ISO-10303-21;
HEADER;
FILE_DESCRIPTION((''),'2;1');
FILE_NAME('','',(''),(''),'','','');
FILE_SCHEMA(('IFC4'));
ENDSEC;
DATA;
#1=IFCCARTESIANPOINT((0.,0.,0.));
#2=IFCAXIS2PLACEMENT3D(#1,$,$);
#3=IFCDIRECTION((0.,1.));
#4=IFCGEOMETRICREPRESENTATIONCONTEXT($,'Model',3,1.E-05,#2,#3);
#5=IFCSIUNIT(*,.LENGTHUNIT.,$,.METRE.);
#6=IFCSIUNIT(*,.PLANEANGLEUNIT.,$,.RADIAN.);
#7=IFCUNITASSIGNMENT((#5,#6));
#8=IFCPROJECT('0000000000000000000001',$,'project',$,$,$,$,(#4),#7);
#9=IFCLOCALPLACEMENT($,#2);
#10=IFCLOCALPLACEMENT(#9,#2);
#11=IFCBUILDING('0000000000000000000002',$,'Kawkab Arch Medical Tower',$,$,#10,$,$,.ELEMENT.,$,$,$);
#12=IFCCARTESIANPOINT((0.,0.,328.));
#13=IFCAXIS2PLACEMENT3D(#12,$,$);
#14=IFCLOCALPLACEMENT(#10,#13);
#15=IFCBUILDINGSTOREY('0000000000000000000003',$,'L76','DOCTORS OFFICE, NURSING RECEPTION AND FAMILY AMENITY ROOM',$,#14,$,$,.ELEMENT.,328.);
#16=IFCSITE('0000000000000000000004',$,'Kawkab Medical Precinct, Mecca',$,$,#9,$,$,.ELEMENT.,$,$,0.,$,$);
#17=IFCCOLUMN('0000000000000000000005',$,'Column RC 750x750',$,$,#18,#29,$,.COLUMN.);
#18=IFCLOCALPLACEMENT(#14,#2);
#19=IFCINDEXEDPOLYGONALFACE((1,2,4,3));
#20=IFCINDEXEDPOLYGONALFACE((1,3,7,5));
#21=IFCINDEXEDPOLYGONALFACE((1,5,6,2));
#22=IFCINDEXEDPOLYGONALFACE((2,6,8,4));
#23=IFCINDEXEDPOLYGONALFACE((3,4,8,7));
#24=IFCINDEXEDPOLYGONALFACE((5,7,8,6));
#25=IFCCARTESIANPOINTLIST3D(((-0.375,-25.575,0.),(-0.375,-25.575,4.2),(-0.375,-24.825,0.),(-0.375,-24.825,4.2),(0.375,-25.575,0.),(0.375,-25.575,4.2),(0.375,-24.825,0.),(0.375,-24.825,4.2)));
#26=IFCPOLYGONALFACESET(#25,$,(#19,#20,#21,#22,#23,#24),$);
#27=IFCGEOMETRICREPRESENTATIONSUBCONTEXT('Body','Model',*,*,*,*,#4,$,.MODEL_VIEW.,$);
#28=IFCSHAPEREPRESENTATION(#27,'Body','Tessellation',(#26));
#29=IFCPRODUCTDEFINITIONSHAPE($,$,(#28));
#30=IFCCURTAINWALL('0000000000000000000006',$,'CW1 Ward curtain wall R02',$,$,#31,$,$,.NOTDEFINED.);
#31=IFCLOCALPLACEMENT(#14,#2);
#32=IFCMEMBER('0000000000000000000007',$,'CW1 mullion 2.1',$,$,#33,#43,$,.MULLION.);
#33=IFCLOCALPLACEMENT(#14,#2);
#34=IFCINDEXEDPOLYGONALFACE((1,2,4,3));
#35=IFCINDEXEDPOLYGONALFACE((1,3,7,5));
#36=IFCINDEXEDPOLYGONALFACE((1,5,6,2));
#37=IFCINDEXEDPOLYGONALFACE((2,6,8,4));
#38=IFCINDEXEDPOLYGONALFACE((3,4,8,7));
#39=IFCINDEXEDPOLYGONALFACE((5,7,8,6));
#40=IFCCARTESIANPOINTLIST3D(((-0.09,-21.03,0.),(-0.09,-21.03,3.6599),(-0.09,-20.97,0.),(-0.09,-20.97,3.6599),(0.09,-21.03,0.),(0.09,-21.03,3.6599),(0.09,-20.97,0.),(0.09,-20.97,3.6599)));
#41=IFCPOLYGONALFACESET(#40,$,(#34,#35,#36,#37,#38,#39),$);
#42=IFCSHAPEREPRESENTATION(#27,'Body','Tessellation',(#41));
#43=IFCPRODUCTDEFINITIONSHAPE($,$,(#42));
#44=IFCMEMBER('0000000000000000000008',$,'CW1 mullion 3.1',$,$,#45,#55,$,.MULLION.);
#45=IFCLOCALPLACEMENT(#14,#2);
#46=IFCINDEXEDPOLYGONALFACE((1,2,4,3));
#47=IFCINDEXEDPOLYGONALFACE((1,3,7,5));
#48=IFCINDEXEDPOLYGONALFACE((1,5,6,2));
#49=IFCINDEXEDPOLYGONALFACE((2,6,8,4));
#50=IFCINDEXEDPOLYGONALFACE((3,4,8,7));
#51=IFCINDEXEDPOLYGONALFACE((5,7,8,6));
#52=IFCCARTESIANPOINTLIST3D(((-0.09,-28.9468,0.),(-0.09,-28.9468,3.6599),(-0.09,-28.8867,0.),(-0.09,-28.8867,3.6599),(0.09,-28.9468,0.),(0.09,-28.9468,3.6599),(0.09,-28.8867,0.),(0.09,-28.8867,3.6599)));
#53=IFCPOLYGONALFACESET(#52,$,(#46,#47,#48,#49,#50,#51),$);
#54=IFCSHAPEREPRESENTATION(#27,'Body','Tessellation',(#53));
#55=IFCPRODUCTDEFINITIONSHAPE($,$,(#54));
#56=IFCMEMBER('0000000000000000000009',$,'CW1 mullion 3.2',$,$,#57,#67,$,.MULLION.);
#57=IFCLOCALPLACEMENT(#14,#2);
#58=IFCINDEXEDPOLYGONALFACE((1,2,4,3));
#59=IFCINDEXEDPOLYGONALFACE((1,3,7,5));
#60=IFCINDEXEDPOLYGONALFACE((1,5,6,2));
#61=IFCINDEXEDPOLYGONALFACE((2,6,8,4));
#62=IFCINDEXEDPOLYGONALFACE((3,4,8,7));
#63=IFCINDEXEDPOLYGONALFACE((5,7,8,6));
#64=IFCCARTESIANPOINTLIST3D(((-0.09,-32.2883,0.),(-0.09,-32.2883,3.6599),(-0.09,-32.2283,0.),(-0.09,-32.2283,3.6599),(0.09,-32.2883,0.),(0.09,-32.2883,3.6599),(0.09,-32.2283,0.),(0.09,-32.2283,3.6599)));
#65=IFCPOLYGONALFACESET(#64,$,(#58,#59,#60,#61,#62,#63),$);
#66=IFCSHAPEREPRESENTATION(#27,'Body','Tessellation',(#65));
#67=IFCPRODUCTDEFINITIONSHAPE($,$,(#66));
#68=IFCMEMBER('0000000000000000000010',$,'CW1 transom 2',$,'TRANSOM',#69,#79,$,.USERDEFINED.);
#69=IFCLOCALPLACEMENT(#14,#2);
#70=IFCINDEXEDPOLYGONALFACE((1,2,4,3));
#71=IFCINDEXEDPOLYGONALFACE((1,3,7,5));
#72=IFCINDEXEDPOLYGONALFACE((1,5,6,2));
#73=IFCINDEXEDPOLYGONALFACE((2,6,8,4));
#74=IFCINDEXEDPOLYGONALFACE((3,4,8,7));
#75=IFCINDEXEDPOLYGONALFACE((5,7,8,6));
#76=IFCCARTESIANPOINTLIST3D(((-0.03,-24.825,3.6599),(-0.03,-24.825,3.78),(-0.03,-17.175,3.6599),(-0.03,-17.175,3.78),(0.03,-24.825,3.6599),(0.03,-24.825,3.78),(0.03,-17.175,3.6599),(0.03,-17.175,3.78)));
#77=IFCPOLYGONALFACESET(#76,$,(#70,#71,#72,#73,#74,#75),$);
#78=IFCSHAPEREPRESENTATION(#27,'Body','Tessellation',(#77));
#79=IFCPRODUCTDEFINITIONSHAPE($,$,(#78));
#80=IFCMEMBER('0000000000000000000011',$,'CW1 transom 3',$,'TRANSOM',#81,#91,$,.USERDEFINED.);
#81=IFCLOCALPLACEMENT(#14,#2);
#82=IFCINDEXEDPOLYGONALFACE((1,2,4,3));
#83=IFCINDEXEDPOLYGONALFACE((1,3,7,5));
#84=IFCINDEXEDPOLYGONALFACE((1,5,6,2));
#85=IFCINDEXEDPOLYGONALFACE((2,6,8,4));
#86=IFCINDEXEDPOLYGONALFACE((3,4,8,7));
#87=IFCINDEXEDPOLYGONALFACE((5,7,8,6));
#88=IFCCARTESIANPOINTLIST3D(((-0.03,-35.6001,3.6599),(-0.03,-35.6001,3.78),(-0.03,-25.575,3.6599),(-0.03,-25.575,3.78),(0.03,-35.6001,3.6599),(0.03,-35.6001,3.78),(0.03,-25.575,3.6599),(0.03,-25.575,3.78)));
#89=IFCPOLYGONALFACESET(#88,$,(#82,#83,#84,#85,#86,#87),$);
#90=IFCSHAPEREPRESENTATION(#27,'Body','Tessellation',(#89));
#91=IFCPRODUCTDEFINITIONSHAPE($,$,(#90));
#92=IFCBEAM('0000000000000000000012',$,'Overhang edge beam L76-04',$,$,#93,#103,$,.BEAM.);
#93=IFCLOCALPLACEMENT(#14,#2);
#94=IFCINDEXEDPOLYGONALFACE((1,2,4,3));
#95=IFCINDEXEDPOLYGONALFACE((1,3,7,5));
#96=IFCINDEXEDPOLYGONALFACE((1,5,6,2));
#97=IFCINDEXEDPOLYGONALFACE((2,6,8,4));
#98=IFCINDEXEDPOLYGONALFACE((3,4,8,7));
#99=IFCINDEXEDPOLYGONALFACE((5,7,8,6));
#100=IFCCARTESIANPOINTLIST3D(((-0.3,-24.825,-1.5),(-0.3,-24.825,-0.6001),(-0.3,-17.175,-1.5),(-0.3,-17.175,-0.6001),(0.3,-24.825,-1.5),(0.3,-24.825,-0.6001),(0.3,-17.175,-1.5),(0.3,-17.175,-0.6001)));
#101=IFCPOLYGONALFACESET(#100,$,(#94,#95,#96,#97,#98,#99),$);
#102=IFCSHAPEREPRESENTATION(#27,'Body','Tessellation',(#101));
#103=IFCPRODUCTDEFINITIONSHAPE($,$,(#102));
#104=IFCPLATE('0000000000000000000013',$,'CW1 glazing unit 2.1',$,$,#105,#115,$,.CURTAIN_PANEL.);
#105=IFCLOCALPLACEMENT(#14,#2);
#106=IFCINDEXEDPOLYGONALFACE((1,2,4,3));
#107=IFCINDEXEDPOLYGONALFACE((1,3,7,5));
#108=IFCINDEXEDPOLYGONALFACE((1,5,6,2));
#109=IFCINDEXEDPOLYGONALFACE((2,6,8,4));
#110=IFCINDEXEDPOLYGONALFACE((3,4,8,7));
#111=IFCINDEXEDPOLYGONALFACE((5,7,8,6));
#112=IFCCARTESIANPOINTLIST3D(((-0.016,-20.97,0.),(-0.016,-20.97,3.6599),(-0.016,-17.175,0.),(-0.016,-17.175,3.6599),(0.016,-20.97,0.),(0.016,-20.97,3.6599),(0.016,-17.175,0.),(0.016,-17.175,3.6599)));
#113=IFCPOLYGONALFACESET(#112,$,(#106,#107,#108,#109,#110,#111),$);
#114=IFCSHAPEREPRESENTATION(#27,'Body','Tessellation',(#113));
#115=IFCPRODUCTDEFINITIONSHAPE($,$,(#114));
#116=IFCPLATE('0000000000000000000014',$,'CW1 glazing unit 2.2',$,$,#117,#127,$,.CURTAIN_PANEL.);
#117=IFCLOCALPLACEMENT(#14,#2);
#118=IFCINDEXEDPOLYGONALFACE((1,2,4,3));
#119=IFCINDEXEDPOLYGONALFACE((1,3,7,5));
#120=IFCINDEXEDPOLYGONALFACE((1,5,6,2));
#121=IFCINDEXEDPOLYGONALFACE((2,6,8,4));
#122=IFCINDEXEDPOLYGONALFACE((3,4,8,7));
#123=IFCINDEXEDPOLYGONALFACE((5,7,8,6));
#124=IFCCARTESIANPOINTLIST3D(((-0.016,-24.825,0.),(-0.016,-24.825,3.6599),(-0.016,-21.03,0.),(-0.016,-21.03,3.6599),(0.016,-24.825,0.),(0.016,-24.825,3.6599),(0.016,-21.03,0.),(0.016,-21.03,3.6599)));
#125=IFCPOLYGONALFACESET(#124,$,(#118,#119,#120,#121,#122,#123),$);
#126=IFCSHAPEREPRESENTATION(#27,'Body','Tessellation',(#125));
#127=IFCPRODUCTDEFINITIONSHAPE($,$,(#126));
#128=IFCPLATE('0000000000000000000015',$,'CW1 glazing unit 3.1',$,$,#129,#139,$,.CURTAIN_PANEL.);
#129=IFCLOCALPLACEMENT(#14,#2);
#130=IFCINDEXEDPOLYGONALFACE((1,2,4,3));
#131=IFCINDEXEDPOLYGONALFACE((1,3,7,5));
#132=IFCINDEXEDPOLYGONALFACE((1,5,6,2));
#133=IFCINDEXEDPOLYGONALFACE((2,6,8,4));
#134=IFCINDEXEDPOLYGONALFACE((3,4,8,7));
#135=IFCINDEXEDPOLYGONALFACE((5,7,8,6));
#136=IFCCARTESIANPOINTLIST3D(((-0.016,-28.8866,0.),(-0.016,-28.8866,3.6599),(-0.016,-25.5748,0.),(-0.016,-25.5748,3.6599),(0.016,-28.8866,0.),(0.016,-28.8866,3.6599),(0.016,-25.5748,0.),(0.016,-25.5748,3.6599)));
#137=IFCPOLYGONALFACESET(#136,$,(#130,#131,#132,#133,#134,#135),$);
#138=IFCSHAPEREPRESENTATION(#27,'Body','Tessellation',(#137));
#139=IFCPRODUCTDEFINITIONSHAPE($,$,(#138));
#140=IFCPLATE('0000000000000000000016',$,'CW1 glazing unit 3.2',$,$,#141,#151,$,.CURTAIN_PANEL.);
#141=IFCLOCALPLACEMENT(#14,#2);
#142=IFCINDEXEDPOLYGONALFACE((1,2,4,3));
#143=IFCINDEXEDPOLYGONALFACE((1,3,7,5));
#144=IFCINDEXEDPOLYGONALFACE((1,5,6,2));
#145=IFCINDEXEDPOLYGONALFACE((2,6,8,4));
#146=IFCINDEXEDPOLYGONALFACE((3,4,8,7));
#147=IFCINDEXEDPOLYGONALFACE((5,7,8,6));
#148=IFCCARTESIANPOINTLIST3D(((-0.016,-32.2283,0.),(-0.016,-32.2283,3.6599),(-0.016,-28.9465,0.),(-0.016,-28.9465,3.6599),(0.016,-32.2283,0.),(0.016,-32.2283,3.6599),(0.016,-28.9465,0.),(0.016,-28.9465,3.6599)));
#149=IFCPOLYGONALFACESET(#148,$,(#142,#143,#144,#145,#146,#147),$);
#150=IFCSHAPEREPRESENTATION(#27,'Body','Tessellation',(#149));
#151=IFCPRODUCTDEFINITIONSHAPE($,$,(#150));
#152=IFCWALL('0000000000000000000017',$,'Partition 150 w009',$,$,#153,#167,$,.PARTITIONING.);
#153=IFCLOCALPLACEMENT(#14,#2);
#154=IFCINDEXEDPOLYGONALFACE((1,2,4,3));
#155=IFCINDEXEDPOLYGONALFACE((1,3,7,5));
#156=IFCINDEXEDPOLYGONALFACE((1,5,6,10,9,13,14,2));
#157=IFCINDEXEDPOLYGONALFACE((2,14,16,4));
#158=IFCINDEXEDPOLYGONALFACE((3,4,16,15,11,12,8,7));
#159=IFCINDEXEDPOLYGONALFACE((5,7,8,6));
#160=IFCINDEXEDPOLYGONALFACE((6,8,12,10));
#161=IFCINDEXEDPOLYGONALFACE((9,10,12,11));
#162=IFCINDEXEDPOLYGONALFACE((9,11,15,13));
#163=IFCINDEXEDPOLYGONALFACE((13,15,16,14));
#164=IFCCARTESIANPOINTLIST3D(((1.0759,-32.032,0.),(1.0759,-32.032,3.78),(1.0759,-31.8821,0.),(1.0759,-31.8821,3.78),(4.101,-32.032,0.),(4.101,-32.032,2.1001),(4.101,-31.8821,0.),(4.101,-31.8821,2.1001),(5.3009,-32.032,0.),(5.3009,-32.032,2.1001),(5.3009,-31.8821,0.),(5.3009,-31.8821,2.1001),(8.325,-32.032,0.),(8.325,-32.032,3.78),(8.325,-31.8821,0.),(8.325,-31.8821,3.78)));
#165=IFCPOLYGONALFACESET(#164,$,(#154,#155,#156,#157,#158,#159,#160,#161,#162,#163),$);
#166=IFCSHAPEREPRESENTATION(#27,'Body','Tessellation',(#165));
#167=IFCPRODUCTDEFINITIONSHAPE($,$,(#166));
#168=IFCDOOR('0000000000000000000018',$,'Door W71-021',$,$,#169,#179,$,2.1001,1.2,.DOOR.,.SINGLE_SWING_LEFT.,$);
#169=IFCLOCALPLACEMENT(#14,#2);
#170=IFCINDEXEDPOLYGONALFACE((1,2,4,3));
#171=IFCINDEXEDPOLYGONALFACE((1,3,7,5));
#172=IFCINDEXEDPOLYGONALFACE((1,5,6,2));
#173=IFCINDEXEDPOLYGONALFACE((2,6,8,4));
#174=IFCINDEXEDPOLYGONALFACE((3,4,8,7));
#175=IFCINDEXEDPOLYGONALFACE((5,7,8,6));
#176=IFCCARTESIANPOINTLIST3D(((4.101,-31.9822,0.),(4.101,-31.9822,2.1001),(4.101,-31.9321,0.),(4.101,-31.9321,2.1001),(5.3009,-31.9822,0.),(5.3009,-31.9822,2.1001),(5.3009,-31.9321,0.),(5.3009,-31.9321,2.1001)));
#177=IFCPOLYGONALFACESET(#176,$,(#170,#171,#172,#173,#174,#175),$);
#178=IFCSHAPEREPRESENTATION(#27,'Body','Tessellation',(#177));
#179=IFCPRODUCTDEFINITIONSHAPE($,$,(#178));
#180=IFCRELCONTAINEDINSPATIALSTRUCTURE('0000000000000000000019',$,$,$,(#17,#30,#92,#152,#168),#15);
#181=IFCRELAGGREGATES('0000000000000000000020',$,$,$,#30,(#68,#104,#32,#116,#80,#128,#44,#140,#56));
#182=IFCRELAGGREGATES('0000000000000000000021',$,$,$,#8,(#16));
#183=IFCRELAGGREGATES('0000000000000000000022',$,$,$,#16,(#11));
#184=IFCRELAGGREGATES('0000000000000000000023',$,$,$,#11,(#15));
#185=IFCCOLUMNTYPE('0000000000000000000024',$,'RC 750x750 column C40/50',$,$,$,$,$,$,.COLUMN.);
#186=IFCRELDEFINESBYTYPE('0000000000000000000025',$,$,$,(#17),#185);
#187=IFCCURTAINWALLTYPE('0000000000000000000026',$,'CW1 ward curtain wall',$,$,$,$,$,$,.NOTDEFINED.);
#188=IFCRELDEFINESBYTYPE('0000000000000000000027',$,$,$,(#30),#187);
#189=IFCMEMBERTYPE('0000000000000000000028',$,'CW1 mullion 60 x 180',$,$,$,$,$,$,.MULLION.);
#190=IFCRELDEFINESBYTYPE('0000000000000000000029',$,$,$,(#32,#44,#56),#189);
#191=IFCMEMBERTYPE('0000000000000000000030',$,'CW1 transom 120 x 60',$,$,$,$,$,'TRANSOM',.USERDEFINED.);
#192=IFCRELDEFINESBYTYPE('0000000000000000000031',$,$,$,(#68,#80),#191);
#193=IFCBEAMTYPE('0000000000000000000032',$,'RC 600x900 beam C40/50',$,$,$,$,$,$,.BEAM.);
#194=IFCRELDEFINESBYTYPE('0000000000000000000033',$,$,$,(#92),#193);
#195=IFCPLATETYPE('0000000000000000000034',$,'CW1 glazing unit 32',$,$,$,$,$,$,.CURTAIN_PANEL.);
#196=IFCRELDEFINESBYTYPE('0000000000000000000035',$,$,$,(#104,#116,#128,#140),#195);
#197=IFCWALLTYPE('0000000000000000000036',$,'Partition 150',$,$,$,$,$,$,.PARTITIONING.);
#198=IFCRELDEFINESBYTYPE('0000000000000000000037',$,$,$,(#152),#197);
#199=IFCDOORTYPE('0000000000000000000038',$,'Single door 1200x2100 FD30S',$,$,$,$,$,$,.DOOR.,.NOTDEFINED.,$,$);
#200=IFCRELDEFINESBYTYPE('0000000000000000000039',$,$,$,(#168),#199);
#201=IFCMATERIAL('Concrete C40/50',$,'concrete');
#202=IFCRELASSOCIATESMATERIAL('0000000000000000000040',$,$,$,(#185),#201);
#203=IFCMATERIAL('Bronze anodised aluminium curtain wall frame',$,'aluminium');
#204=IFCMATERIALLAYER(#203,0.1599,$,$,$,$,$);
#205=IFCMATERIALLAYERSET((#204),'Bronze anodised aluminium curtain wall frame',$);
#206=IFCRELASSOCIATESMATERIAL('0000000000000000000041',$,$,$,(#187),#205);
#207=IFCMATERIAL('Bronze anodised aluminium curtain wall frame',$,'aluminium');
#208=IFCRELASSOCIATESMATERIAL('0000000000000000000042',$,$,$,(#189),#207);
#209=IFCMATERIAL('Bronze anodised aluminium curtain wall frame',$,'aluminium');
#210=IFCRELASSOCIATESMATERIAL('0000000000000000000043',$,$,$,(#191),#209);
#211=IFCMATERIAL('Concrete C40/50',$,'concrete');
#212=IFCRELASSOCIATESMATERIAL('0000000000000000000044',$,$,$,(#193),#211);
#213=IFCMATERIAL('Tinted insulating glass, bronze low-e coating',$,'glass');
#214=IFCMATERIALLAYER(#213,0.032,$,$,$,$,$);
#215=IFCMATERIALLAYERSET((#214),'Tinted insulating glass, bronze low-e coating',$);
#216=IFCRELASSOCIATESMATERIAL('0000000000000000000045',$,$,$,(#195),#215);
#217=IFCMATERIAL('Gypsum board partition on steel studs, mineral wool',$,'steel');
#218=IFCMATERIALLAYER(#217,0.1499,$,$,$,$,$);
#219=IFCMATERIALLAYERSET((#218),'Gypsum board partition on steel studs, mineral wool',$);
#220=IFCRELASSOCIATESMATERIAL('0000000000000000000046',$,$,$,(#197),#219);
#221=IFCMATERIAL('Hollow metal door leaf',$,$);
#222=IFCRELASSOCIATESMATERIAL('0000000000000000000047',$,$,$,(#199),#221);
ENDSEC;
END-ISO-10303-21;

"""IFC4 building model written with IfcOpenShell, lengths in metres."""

from ifc_helpers import new_model, si_unit, direction, frame, frame_2d, origin, origin_2d, place, context, subcontext, project, spatial, rectangle, extrude, material, layer, layer_set, material_profile, profile_set, type_object, element, fill, aggregate, save


model = new_model("IFC4")

# Units and contexts
model_context = context("Model", 3, precision=1e-05, world=origin(), true_north=direction((0.0, 1.0)))
body_context = subcontext(model_context, "Body", "Model", "MODEL_VIEW")
ifc_project = project(units=[si_unit("LENGTHUNIT", "METRE"), si_unit("PLANEANGLEUNIT", "RADIAN")], contexts=[model_context])

# Site, building, storey
site_placement = place(None, origin())
site = spatial("IfcSite", under=ifc_project, at=site_placement, Name="Kawkab Medical Precinct, Mecca", CompositionType="ELEMENT", RefElevation=0.0)
building_placement = place(site_placement, origin())
building = spatial("IfcBuilding", under=site, at=building_placement, Name="Kawkab Arch Medical Tower", CompositionType="ELEMENT")
storey_placement = place(building_placement, frame((0.0, 0.0, 328.0)))
storey = spatial("IfcBuildingStorey", under=building, at=storey_placement, Name="L76", Description="DOCTORS OFFICE, NURSING RECEPTION AND FAMILY AMENITY ROOM", CompositionType="ELEMENT", Elevation=328.0)

# Column
ifc_material_1 = material(Name="Concrete C40/50", Category="concrete")
ifc_material_profile_1 = material_profile(ifc_material_1, rectangle(XDim=0.75, YDim=0.75, at=origin_2d()), Name="RC 750x750")
ifc_profile_set_1 = profile_set([ifc_material_profile_1], Name="Concrete C40/50")
column_type = type_object("IfcColumnType", Name="RC 750x750 column C40/50", PredefinedType="COLUMN", material=ifc_profile_set_1)
column_placement = place(storey_placement, frame((0.0, -25.2, 0.0), z_axis=(0.0, 0.0, 1.0), x_axis=(1.0, 0.0, 0.0)))
element("IfcColumn", 1, at=column_placement, inside=storey, type_object=column_type, Name="Column RC 750x750", PredefinedType="COLUMN", context=body_context, shape_type="SweptSolid", body=[
    extrude(rectangle(XDim=0.75, YDim=0.75, at=origin_2d()), origin(), (0.0, 0.0, 1.0), 4.2),
])

# Curtain wall, members
ifc_material_2 = material(Name="Bronze anodised aluminium curtain wall frame", Category="aluminium")
ifc_layer_1 = layer(ifc_material_2, 0.1599)
ifc_layer_set_1 = layer_set([ifc_layer_1], Name="Bronze anodised aluminium curtain wall frame")
curtain_wall_type = type_object("IfcCurtainWallType", Name="CW1 ward curtain wall", PredefinedType="NOTDEFINED", material=ifc_layer_set_1)
curtain_wall_placement = place(storey_placement, origin())
curtain_wall = element("IfcCurtainWall", 2, at=curtain_wall_placement, inside=storey, type_object=curtain_wall_type, Name="CW1 Ward curtain wall R02", PredefinedType="NOTDEFINED")
ifc_material_3 = material(Name="Bronze anodised aluminium curtain wall frame", Category="aluminium")
ifc_material_profile_2 = material_profile(ifc_material_3, rectangle(XDim=0.1799, YDim=0.0601, at=origin_2d()), Name="AL 60x180")
ifc_profile_set_2 = profile_set([ifc_material_profile_2], Name="Bronze anodised aluminium curtain wall frame")
member_type_1 = type_object("IfcMemberType", Name="CW1 mullion 60 x 180", PredefinedType="MULLION", material=ifc_profile_set_2)
member_1_placement = place(storey_placement, frame((0.0, -21.0, 0.0), z_axis=(0.0, 0.0, 1.0), x_axis=(1.0, 0.0, 0.0)))
member_1 = element("IfcMember", 3, at=member_1_placement, type_object=member_type_1, Name="CW1 mullion 2.1", PredefinedType="MULLION", context=body_context, shape_type="SweptSolid", body=[
    extrude(rectangle(XDim=0.1799, YDim=0.0601, at=origin_2d()), origin(), (0.0, 0.0, 1.0), 3.6599),
])
member_2_placement = place(storey_placement, frame((0.0, -28.9167, 0.0), z_axis=(0.0, 0.0, 1.0), x_axis=(1.0, 0.0, 0.0)))
member_2 = element("IfcMember", 4, at=member_2_placement, type_object=member_type_1, Name="CW1 mullion 3.1", PredefinedType="MULLION", context=body_context, shape_type="SweptSolid", body=[
    extrude(rectangle(XDim=0.1799, YDim=0.0601, at=origin_2d()), origin(), (0.0, 0.0, 1.0), 3.6599),
])
member_3_placement = place(storey_placement, frame((0.0, -32.2583, 0.0), z_axis=(0.0, 0.0, 1.0), x_axis=(1.0, 0.0, 0.0)))
member_3 = element("IfcMember", 5, at=member_3_placement, type_object=member_type_1, Name="CW1 mullion 3.2", PredefinedType="MULLION", context=body_context, shape_type="SweptSolid", body=[
    extrude(rectangle(XDim=0.1799, YDim=0.0601, at=origin_2d()), origin(), (0.0, 0.0, 1.0), 3.6599),
])
ifc_material_4 = material(Name="Bronze anodised aluminium curtain wall frame", Category="aluminium")
ifc_material_profile_3 = material_profile(ifc_material_4, rectangle(XDim=0.0601, YDim=0.1201, at=origin_2d()), Name="AL 60x120")
ifc_profile_set_3 = profile_set([ifc_material_profile_3], Name="Bronze anodised aluminium curtain wall frame")
member_type_2 = type_object("IfcMemberType", Name="CW1 transom 120 x 60", ElementType="TRANSOM", PredefinedType="USERDEFINED", material=ifc_profile_set_3)
member_4_placement = place(storey_placement, frame((0.0, -17.175, 3.72), z_axis=(0.0, -1.0, 0.0), x_axis=(1.0, 0.0, 0.0)))
member_4 = element("IfcMember", 6, at=member_4_placement, type_object=member_type_2, Name="CW1 transom 2", ObjectType="TRANSOM", PredefinedType="USERDEFINED", context=body_context, shape_type="SweptSolid", body=[
    extrude(rectangle(XDim=0.0601, YDim=0.1201, at=origin_2d()), origin(), (0.0, 0.0, 1.0), 7.6499),
])
member_5_placement = place(storey_placement, frame((0.0, -25.575, 3.72), z_axis=(0.0, -1.0, 0.0), x_axis=(1.0, 0.0, 0.0)))
member_5 = element("IfcMember", 7, at=member_5_placement, type_object=member_type_2, Name="CW1 transom 3", ObjectType="TRANSOM", PredefinedType="USERDEFINED", context=body_context, shape_type="SweptSolid", body=[
    extrude(rectangle(XDim=0.0601, YDim=0.1201, at=origin_2d()), origin(), (0.0, 0.0, 1.0), 10.0251),
])

# Beam
ifc_material_5 = material(Name="Concrete C40/50", Category="concrete")
ifc_material_profile_4 = material_profile(ifc_material_5, rectangle(XDim=0.6001, YDim=0.8999, at=origin_2d()), Name="RC 600x900")
ifc_profile_set_4 = profile_set([ifc_material_profile_4], Name="Concrete C40/50")
beam_type = type_object("IfcBeamType", Name="RC 600x900 beam C40/50", PredefinedType="BEAM", material=ifc_profile_set_4)
beam_placement = place(storey_placement, frame((0.0, -24.825, -1.05), z_axis=(0.0, 1.0, 0.0), x_axis=(-1.0, 0.0, 0.0)))
element("IfcBeam", 8, at=beam_placement, inside=storey, type_object=beam_type, Name="Overhang edge beam L76-04", PredefinedType="BEAM", context=body_context, shape_type="SweptSolid", body=[
    extrude(rectangle(XDim=0.6001, YDim=0.8999, at=origin_2d()), origin(), (0.0, 0.0, 1.0), 7.6499),
])

# Plates
ifc_material_6 = material(Name="Tinted insulating glass, bronze low-e coating", Category="glass")
ifc_layer_2 = layer(ifc_material_6, 0.032)
ifc_layer_set_2 = layer_set([ifc_layer_2], Name="Tinted insulating glass, bronze low-e coating")
plate_type = type_object("IfcPlateType", Name="CW1 glazing unit 32", PredefinedType="CURTAIN_PANEL", material=ifc_layer_set_2)
plate_1_placement = place(storey_placement, frame((0.0, -19.0725, 0.0), z_axis=(0.0, 0.0, 1.0), x_axis=(0.0, -1.0, 0.0)))
plate_1 = element("IfcPlate", 9, at=plate_1_placement, type_object=plate_type, Name="CW1 glazing unit 2.1", PredefinedType="CURTAIN_PANEL", context=body_context, shape_type="SweptSolid", body=[
    extrude(rectangle(XDim=3.7949, YDim=0.032, at=origin_2d()), origin(), (0.0, 0.0, 1.0), 3.6599),
])
plate_2_placement = place(storey_placement, frame((0.0, -22.9275, 0.0), z_axis=(0.0, 0.0, 1.0), x_axis=(0.0, -1.0, 0.0)))
plate_2 = element("IfcPlate", 10, at=plate_2_placement, type_object=plate_type, Name="CW1 glazing unit 2.2", PredefinedType="CURTAIN_PANEL", context=body_context, shape_type="SweptSolid", body=[
    extrude(rectangle(XDim=3.7949, YDim=0.032, at=origin_2d()), origin(), (0.0, 0.0, 1.0), 3.6599),
])
plate_3_placement = place(storey_placement, frame((0.0, -27.2307, 0.0), z_axis=(0.0, 0.0, 1.0), x_axis=(0.0, -1.0, 0.0)))
plate_3 = element("IfcPlate", 11, at=plate_3_placement, type_object=plate_type, Name="CW1 glazing unit 3.1", PredefinedType="CURTAIN_PANEL", context=body_context, shape_type="SweptSolid", body=[
    extrude(rectangle(XDim=3.3118, YDim=0.032, at=origin_2d()), origin(), (0.0, 0.0, 1.0), 3.6599),
])
plate_4_placement = place(storey_placement, frame((0.0, -30.5874, 0.0), z_axis=(0.0, 0.0, 1.0), x_axis=(0.0, -1.0, 0.0)))
plate_4 = element("IfcPlate", 12, at=plate_4_placement, type_object=plate_type, Name="CW1 glazing unit 3.2", PredefinedType="CURTAIN_PANEL", context=body_context, shape_type="SweptSolid", body=[
    extrude(rectangle(XDim=3.2817, YDim=0.032, at=origin_2d()), origin(), (0.0, 0.0, 1.0), 3.6599),
])
aggregate(curtain_wall, [member_4, plate_1, member_1, plate_2, member_5, plate_3, member_2, plate_4, member_3])

# Wall, opening, door
ifc_material_7 = material(Name="Gypsum board partition on steel studs, mineral wool", Category="steel")
ifc_layer_3 = layer(ifc_material_7, 0.1499)
ifc_layer_set_3 = layer_set([ifc_layer_3], Name="Gypsum board partition on steel studs, mineral wool")
wall_type_1 = type_object("IfcWallType", Name="Partition 150", PredefinedType="PARTITIONING", material=ifc_layer_set_3)
wall_1_placement = place(storey_placement, frame((1.0759, -31.957, 0.0), z_axis=(0.0, 0.0, 1.0), x_axis=(1.0, 0.0, 0.0)))
wall_1 = element("IfcWall", 13, at=wall_1_placement, inside=storey, type_object=wall_type_1, Name="Partition 150 w009", PredefinedType="PARTITIONING", context=body_context, shape_type="SweptSolid", body=[
    extrude(rectangle(XDim=7.249, YDim=0.1499, at=frame_2d((3.6245, 0.0))), origin(), (0.0, 0.0, 1.0), 3.78),
])
opening_placement = place(wall_1_placement, frame((3.0249, 0.0, 0.0)))
opening = element("IfcOpeningElement", 14, at=opening_placement, cuts=wall_1, PredefinedType="OPENING", context=body_context, shape_type="SweptSolid", body=[
    extrude(rectangle(XDim=1.2, YDim=2.1001, at=frame_2d((0.6001, 1.05))), frame((0.0, 0.085, 0.0), z_axis=(0.0, -1.0, 0.0), x_axis=(1.0, 0.0, 0.0)), (0.0, 0.0, 1.0), 0.1699),
])
ifc_material_8 = material(Name="Hollow metal door leaf")
door_type = type_object("IfcDoorType", Name="Single door 1200x2100 FD30S", OperationType="NOTDEFINED", PredefinedType="DOOR", material=ifc_material_8)
door_placement = place(opening_placement, origin())
door = element("IfcDoor", 15, at=door_placement, inside=storey, type_object=door_type, Name="Door W71-021", OperationType="SINGLE_SWING_LEFT", OverallHeight=2.1001, OverallWidth=1.2, PredefinedType="DOOR", context=body_context, shape_type="SweptSolid", body=[
    extrude(rectangle(XDim=1.2, YDim=2.1001, at=frame_2d((0.6001, 1.05))), frame((0.0, 0.0249, 0.0), z_axis=(0.0, -1.0, 0.0), x_axis=(1.0, 0.0, 0.0)), (0.0, 0.0, 1.0), 0.05),
])
fill(opening, door)

save(model, "model.ifc")
